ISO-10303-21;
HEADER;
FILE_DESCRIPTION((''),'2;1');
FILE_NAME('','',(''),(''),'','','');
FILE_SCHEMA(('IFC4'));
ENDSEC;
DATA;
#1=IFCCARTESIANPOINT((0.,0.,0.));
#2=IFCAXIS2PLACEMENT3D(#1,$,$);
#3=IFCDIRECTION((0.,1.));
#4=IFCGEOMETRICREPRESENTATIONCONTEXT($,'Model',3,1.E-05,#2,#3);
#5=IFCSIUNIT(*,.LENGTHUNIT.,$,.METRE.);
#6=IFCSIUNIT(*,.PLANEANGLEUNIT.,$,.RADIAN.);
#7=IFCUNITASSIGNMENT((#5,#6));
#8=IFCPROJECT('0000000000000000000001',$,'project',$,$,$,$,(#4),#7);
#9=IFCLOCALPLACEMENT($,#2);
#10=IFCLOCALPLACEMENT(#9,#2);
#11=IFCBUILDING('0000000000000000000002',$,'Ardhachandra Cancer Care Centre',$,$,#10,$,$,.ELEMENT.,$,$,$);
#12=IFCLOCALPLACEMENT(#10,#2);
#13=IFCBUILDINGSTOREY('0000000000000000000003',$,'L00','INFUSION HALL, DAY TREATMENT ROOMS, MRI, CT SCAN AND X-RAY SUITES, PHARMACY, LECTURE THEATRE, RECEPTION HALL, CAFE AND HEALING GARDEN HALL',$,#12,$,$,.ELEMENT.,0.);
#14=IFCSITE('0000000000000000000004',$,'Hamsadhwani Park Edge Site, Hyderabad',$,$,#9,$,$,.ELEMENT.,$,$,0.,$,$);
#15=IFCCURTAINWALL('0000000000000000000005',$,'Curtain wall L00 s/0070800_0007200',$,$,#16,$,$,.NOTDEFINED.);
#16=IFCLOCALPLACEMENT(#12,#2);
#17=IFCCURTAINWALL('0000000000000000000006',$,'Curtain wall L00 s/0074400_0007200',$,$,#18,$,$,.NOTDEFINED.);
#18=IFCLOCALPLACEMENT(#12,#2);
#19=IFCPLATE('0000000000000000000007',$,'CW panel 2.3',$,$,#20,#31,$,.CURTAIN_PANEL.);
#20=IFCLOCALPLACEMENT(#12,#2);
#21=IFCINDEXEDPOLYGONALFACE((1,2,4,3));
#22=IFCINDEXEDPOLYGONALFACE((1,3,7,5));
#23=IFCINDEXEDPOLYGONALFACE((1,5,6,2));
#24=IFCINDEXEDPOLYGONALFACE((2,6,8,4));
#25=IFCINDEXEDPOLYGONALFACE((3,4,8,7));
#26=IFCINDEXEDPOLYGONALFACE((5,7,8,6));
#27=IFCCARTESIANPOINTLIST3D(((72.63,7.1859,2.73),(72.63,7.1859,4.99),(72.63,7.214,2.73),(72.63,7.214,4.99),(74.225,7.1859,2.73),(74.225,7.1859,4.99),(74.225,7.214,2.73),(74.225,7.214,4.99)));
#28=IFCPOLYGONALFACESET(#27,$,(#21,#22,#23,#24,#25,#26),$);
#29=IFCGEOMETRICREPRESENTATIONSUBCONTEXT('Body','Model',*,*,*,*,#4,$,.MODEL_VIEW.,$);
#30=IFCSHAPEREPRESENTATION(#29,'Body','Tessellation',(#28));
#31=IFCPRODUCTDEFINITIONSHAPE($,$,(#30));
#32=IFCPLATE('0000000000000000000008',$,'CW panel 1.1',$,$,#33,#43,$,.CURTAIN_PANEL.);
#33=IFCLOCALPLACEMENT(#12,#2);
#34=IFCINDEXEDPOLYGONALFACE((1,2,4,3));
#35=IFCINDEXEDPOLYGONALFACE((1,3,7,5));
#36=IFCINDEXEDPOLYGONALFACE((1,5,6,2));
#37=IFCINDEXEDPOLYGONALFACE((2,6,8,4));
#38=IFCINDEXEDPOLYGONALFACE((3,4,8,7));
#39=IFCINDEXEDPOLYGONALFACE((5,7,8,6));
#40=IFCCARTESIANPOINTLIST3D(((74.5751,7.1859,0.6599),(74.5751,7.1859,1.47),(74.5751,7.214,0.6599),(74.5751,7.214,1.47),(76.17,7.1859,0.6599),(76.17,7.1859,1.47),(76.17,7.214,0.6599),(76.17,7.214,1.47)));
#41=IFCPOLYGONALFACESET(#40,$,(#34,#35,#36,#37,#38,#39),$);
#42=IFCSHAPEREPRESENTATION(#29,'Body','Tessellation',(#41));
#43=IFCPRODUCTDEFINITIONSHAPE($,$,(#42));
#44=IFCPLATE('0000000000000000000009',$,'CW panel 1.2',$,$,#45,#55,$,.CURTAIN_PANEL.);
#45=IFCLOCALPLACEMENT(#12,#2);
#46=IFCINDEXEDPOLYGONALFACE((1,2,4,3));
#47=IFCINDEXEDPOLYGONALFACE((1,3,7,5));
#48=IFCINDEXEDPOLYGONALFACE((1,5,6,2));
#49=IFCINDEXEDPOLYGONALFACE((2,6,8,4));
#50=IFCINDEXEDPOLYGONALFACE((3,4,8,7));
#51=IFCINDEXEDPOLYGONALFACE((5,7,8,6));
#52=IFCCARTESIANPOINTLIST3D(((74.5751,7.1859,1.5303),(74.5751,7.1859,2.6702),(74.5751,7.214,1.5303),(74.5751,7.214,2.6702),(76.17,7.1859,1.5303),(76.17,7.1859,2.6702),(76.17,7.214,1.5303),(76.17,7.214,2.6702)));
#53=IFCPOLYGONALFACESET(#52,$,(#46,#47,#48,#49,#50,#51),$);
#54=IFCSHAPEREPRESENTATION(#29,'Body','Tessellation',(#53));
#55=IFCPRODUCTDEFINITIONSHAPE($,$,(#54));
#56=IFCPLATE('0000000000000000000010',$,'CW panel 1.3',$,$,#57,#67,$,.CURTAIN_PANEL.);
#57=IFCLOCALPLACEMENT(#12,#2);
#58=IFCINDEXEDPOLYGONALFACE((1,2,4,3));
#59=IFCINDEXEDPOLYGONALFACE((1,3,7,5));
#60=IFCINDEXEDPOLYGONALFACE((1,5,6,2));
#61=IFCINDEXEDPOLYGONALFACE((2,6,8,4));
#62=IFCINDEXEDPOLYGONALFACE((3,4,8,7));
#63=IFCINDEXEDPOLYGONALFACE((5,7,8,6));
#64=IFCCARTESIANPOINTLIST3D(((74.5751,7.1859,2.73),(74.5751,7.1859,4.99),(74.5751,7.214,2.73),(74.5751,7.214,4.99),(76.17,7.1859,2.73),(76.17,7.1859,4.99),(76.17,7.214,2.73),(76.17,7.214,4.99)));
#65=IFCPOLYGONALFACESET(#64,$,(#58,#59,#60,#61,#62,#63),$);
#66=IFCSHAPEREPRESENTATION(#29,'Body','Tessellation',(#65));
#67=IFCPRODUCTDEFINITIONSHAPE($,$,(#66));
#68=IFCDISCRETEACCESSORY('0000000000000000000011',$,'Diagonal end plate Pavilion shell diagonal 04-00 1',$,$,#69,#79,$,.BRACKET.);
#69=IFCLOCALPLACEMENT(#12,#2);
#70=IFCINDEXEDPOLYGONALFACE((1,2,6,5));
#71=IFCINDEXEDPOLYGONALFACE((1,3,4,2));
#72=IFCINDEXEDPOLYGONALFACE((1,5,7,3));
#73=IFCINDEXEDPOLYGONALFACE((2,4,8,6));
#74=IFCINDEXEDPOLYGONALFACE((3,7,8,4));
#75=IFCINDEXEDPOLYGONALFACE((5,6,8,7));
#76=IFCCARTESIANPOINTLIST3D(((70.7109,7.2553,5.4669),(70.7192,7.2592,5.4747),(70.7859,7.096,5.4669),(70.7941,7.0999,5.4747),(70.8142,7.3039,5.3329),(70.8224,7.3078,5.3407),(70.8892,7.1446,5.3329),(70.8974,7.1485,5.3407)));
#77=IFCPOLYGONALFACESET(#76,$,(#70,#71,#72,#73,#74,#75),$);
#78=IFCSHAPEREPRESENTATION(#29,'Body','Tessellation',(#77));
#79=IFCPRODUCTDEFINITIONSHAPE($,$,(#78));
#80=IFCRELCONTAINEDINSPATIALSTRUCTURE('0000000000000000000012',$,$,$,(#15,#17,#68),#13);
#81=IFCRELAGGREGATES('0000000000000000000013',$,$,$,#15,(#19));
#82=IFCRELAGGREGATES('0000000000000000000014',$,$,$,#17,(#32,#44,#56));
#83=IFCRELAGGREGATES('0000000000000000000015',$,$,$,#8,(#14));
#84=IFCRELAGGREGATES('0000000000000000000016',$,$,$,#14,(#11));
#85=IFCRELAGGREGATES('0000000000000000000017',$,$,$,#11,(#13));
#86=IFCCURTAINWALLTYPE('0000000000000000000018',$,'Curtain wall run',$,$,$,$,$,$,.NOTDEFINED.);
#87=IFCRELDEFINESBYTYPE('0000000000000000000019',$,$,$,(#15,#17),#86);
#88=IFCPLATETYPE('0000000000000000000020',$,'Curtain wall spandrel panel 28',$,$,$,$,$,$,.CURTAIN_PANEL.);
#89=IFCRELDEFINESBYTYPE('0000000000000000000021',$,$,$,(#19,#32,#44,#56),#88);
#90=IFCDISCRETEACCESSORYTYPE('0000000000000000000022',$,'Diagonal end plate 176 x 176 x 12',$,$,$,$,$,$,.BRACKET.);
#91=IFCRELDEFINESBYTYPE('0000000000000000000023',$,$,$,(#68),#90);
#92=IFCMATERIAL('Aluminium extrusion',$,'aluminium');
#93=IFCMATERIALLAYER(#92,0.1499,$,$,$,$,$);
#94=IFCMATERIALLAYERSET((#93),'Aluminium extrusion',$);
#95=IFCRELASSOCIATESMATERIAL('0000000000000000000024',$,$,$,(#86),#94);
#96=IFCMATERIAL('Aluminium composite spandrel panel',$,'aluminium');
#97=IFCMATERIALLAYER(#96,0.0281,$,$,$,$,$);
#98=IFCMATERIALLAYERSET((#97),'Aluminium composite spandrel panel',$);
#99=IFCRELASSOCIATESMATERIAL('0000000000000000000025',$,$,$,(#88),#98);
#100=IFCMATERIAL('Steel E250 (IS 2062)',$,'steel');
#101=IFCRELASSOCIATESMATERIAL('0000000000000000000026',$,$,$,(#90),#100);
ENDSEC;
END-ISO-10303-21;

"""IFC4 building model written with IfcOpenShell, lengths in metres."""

from ifc_helpers import new_model, si_unit, direction, frame, origin, origin_2d, place, context, subcontext, project, spatial, rectangle, extrude, material, layer, layer_set, material_profile, profile_set, type_object, element, aggregate, save


model = new_model("IFC4")

# Units and contexts
model_context = context("Model", 3, precision=1e-05, world=origin(), true_north=direction((0.0, 1.0)))
body_context = subcontext(model_context, "Body", "Model", "MODEL_VIEW")
ifc_project = project(units=[si_unit("LENGTHUNIT", "METRE"), si_unit("PLANEANGLEUNIT", "RADIAN")], contexts=[model_context])

# Site, building, storey
site_placement = place(None, origin())
site = spatial("IfcSite", under=ifc_project, at=site_placement, Name="Hamsadhwani Park Edge Site, Hyderabad", CompositionType="ELEMENT", RefElevation=0.0)
building_placement = place(site_placement, origin())
building = spatial("IfcBuilding", under=site, at=building_placement, Name="Ardhachandra Cancer Care Centre", CompositionType="ELEMENT")
storey_placement = place(building_placement, origin())
storey = spatial("IfcBuildingStorey", under=building, at=storey_placement, Name="L00", Description="INFUSION HALL, DAY TREATMENT ROOMS, MRI, CT SCAN AND X-RAY SUITES, PHARMACY, LECTURE THEATRE, RECEPTION HALL, CAFE AND HEALING GARDEN HALL", CompositionType="ELEMENT", Elevation=0.0)

# Curtain walls
ifc_material_1 = material(Name="Aluminium extrusion", Category="aluminium")
ifc_layer_1 = layer(ifc_material_1, 0.1499)
ifc_layer_set_1 = layer_set([ifc_layer_1], Name="Aluminium extrusion")
curtain_wall_type = type_object("IfcCurtainWallType", Name="Curtain wall run", PredefinedType="NOTDEFINED", material=ifc_layer_set_1)
curtain_wall_1_placement = place(storey_placement, origin())
curtain_wall_1 = element("IfcCurtainWall", 1, at=curtain_wall_1_placement, inside=storey, type_object=curtain_wall_type, Name="Curtain wall L00 s/0070800_0007200", PredefinedType="NOTDEFINED")
curtain_wall_2_placement = place(storey_placement, origin())
curtain_wall_2 = element("IfcCurtainWall", 2, at=curtain_wall_2_placement, inside=storey, type_object=curtain_wall_type, Name="Curtain wall L00 s/0074400_0007200", PredefinedType="NOTDEFINED")

# Plates
ifc_material_2 = material(Name="Aluminium composite spandrel panel", Category="aluminium")
ifc_layer_2 = layer(ifc_material_2, 0.0281)
ifc_layer_set_2 = layer_set([ifc_layer_2], Name="Aluminium composite spandrel panel")
plate_type_1 = type_object("IfcPlateType", Name="Curtain wall spandrel panel 28", PredefinedType="CURTAIN_PANEL", material=ifc_layer_set_2)
plate_1_placement = place(storey_placement, frame((73.4275, 7.2, 2.73), z_axis=(0.0, 0.0, 1.0), x_axis=(1.0, 0.0, 0.0)))
plate_1 = element("IfcPlate", 3, at=plate_1_placement, type_object=plate_type_1, Name="CW panel 2.3", PredefinedType="CURTAIN_PANEL", context=body_context, shape_type="SweptSolid", body=[
    extrude(rectangle(XDim=1.595, YDim=0.0281, at=origin_2d()), origin(), (0.0, 0.0, 1.0), 2.26),
])
aggregate(curtain_wall_1, [plate_1])
plate_2_placement = place(storey_placement, frame((75.3726, 7.2, 0.6599), z_axis=(0.0, 0.0, 1.0), x_axis=(1.0, 0.0, 0.0)))
plate_2 = element("IfcPlate", 4, at=plate_2_placement, type_object=plate_type_1, Name="CW panel 1.1", PredefinedType="CURTAIN_PANEL", context=body_context, shape_type="SweptSolid", body=[
    extrude(rectangle(XDim=1.595, YDim=0.0281, at=origin_2d()), origin(), (0.0, 0.0, 1.0), 0.8101),
])
plate_3_placement = place(storey_placement, frame((75.3726, 7.2, 1.5303), z_axis=(0.0, 0.0, 1.0), x_axis=(1.0, 0.0, 0.0)))
plate_3 = element("IfcPlate", 5, at=plate_3_placement, type_object=plate_type_1, Name="CW panel 1.2", PredefinedType="CURTAIN_PANEL", context=body_context, shape_type="SweptSolid", body=[
    extrude(rectangle(XDim=1.595, YDim=0.0281, at=origin_2d()), origin(), (0.0, 0.0, 1.0), 1.1399),
])
plate_4_placement = place(storey_placement, frame((75.3726, 7.2, 2.73), z_axis=(0.0, 0.0, 1.0), x_axis=(1.0, 0.0, 0.0)))
plate_4 = element("IfcPlate", 6, at=plate_4_placement, type_object=plate_type_1, Name="CW panel 1.3", PredefinedType="CURTAIN_PANEL", context=body_context, shape_type="SweptSolid", body=[
    extrude(rectangle(XDim=1.595, YDim=0.0281, at=origin_2d()), origin(), (0.0, 0.0, 1.0), 2.26),
])
aggregate(curtain_wall_2, [plate_2, plate_3, plate_4])

# Discrete accessory
ifc_material_3 = material(Name="Steel E250 (IS 2062)", Category="steel")
ifc_material_profile_1 = material_profile(ifc_material_3, rectangle(XDim=0.176, YDim=0.176, at=origin_2d()), Name="PL 176x176x12")
ifc_profile_set_1 = profile_set([ifc_material_profile_1], Name="Steel E250 (IS 2062)")
discrete_accessory_type = type_object("IfcDiscreteAccessoryType", Name="Diagonal end plate 176 x 176 x 12", PredefinedType="BRACKET", material=ifc_profile_set_1)
discrete_accessory_placement = place(storey_placement, frame((70.8, 7.2, 5.3999), z_axis=(0.688875, 0.324176, 0.648353), x_axis=(-0.425797, 0.904819, 0.0)))
element("IfcDiscreteAccessory", 7, at=discrete_accessory_placement, inside=storey, type_object=discrete_accessory_type, Name="Diagonal end plate Pavilion shell diagonal 04-00 1", PredefinedType="BRACKET", context=body_context, shape_type="SweptSolid", body=[
    extrude(rectangle(XDim=0.176, YDim=0.176, at=origin_2d()), origin(), (0.0, 0.0, 1.0), 0.012),
])

save(model, "model.ifc")
